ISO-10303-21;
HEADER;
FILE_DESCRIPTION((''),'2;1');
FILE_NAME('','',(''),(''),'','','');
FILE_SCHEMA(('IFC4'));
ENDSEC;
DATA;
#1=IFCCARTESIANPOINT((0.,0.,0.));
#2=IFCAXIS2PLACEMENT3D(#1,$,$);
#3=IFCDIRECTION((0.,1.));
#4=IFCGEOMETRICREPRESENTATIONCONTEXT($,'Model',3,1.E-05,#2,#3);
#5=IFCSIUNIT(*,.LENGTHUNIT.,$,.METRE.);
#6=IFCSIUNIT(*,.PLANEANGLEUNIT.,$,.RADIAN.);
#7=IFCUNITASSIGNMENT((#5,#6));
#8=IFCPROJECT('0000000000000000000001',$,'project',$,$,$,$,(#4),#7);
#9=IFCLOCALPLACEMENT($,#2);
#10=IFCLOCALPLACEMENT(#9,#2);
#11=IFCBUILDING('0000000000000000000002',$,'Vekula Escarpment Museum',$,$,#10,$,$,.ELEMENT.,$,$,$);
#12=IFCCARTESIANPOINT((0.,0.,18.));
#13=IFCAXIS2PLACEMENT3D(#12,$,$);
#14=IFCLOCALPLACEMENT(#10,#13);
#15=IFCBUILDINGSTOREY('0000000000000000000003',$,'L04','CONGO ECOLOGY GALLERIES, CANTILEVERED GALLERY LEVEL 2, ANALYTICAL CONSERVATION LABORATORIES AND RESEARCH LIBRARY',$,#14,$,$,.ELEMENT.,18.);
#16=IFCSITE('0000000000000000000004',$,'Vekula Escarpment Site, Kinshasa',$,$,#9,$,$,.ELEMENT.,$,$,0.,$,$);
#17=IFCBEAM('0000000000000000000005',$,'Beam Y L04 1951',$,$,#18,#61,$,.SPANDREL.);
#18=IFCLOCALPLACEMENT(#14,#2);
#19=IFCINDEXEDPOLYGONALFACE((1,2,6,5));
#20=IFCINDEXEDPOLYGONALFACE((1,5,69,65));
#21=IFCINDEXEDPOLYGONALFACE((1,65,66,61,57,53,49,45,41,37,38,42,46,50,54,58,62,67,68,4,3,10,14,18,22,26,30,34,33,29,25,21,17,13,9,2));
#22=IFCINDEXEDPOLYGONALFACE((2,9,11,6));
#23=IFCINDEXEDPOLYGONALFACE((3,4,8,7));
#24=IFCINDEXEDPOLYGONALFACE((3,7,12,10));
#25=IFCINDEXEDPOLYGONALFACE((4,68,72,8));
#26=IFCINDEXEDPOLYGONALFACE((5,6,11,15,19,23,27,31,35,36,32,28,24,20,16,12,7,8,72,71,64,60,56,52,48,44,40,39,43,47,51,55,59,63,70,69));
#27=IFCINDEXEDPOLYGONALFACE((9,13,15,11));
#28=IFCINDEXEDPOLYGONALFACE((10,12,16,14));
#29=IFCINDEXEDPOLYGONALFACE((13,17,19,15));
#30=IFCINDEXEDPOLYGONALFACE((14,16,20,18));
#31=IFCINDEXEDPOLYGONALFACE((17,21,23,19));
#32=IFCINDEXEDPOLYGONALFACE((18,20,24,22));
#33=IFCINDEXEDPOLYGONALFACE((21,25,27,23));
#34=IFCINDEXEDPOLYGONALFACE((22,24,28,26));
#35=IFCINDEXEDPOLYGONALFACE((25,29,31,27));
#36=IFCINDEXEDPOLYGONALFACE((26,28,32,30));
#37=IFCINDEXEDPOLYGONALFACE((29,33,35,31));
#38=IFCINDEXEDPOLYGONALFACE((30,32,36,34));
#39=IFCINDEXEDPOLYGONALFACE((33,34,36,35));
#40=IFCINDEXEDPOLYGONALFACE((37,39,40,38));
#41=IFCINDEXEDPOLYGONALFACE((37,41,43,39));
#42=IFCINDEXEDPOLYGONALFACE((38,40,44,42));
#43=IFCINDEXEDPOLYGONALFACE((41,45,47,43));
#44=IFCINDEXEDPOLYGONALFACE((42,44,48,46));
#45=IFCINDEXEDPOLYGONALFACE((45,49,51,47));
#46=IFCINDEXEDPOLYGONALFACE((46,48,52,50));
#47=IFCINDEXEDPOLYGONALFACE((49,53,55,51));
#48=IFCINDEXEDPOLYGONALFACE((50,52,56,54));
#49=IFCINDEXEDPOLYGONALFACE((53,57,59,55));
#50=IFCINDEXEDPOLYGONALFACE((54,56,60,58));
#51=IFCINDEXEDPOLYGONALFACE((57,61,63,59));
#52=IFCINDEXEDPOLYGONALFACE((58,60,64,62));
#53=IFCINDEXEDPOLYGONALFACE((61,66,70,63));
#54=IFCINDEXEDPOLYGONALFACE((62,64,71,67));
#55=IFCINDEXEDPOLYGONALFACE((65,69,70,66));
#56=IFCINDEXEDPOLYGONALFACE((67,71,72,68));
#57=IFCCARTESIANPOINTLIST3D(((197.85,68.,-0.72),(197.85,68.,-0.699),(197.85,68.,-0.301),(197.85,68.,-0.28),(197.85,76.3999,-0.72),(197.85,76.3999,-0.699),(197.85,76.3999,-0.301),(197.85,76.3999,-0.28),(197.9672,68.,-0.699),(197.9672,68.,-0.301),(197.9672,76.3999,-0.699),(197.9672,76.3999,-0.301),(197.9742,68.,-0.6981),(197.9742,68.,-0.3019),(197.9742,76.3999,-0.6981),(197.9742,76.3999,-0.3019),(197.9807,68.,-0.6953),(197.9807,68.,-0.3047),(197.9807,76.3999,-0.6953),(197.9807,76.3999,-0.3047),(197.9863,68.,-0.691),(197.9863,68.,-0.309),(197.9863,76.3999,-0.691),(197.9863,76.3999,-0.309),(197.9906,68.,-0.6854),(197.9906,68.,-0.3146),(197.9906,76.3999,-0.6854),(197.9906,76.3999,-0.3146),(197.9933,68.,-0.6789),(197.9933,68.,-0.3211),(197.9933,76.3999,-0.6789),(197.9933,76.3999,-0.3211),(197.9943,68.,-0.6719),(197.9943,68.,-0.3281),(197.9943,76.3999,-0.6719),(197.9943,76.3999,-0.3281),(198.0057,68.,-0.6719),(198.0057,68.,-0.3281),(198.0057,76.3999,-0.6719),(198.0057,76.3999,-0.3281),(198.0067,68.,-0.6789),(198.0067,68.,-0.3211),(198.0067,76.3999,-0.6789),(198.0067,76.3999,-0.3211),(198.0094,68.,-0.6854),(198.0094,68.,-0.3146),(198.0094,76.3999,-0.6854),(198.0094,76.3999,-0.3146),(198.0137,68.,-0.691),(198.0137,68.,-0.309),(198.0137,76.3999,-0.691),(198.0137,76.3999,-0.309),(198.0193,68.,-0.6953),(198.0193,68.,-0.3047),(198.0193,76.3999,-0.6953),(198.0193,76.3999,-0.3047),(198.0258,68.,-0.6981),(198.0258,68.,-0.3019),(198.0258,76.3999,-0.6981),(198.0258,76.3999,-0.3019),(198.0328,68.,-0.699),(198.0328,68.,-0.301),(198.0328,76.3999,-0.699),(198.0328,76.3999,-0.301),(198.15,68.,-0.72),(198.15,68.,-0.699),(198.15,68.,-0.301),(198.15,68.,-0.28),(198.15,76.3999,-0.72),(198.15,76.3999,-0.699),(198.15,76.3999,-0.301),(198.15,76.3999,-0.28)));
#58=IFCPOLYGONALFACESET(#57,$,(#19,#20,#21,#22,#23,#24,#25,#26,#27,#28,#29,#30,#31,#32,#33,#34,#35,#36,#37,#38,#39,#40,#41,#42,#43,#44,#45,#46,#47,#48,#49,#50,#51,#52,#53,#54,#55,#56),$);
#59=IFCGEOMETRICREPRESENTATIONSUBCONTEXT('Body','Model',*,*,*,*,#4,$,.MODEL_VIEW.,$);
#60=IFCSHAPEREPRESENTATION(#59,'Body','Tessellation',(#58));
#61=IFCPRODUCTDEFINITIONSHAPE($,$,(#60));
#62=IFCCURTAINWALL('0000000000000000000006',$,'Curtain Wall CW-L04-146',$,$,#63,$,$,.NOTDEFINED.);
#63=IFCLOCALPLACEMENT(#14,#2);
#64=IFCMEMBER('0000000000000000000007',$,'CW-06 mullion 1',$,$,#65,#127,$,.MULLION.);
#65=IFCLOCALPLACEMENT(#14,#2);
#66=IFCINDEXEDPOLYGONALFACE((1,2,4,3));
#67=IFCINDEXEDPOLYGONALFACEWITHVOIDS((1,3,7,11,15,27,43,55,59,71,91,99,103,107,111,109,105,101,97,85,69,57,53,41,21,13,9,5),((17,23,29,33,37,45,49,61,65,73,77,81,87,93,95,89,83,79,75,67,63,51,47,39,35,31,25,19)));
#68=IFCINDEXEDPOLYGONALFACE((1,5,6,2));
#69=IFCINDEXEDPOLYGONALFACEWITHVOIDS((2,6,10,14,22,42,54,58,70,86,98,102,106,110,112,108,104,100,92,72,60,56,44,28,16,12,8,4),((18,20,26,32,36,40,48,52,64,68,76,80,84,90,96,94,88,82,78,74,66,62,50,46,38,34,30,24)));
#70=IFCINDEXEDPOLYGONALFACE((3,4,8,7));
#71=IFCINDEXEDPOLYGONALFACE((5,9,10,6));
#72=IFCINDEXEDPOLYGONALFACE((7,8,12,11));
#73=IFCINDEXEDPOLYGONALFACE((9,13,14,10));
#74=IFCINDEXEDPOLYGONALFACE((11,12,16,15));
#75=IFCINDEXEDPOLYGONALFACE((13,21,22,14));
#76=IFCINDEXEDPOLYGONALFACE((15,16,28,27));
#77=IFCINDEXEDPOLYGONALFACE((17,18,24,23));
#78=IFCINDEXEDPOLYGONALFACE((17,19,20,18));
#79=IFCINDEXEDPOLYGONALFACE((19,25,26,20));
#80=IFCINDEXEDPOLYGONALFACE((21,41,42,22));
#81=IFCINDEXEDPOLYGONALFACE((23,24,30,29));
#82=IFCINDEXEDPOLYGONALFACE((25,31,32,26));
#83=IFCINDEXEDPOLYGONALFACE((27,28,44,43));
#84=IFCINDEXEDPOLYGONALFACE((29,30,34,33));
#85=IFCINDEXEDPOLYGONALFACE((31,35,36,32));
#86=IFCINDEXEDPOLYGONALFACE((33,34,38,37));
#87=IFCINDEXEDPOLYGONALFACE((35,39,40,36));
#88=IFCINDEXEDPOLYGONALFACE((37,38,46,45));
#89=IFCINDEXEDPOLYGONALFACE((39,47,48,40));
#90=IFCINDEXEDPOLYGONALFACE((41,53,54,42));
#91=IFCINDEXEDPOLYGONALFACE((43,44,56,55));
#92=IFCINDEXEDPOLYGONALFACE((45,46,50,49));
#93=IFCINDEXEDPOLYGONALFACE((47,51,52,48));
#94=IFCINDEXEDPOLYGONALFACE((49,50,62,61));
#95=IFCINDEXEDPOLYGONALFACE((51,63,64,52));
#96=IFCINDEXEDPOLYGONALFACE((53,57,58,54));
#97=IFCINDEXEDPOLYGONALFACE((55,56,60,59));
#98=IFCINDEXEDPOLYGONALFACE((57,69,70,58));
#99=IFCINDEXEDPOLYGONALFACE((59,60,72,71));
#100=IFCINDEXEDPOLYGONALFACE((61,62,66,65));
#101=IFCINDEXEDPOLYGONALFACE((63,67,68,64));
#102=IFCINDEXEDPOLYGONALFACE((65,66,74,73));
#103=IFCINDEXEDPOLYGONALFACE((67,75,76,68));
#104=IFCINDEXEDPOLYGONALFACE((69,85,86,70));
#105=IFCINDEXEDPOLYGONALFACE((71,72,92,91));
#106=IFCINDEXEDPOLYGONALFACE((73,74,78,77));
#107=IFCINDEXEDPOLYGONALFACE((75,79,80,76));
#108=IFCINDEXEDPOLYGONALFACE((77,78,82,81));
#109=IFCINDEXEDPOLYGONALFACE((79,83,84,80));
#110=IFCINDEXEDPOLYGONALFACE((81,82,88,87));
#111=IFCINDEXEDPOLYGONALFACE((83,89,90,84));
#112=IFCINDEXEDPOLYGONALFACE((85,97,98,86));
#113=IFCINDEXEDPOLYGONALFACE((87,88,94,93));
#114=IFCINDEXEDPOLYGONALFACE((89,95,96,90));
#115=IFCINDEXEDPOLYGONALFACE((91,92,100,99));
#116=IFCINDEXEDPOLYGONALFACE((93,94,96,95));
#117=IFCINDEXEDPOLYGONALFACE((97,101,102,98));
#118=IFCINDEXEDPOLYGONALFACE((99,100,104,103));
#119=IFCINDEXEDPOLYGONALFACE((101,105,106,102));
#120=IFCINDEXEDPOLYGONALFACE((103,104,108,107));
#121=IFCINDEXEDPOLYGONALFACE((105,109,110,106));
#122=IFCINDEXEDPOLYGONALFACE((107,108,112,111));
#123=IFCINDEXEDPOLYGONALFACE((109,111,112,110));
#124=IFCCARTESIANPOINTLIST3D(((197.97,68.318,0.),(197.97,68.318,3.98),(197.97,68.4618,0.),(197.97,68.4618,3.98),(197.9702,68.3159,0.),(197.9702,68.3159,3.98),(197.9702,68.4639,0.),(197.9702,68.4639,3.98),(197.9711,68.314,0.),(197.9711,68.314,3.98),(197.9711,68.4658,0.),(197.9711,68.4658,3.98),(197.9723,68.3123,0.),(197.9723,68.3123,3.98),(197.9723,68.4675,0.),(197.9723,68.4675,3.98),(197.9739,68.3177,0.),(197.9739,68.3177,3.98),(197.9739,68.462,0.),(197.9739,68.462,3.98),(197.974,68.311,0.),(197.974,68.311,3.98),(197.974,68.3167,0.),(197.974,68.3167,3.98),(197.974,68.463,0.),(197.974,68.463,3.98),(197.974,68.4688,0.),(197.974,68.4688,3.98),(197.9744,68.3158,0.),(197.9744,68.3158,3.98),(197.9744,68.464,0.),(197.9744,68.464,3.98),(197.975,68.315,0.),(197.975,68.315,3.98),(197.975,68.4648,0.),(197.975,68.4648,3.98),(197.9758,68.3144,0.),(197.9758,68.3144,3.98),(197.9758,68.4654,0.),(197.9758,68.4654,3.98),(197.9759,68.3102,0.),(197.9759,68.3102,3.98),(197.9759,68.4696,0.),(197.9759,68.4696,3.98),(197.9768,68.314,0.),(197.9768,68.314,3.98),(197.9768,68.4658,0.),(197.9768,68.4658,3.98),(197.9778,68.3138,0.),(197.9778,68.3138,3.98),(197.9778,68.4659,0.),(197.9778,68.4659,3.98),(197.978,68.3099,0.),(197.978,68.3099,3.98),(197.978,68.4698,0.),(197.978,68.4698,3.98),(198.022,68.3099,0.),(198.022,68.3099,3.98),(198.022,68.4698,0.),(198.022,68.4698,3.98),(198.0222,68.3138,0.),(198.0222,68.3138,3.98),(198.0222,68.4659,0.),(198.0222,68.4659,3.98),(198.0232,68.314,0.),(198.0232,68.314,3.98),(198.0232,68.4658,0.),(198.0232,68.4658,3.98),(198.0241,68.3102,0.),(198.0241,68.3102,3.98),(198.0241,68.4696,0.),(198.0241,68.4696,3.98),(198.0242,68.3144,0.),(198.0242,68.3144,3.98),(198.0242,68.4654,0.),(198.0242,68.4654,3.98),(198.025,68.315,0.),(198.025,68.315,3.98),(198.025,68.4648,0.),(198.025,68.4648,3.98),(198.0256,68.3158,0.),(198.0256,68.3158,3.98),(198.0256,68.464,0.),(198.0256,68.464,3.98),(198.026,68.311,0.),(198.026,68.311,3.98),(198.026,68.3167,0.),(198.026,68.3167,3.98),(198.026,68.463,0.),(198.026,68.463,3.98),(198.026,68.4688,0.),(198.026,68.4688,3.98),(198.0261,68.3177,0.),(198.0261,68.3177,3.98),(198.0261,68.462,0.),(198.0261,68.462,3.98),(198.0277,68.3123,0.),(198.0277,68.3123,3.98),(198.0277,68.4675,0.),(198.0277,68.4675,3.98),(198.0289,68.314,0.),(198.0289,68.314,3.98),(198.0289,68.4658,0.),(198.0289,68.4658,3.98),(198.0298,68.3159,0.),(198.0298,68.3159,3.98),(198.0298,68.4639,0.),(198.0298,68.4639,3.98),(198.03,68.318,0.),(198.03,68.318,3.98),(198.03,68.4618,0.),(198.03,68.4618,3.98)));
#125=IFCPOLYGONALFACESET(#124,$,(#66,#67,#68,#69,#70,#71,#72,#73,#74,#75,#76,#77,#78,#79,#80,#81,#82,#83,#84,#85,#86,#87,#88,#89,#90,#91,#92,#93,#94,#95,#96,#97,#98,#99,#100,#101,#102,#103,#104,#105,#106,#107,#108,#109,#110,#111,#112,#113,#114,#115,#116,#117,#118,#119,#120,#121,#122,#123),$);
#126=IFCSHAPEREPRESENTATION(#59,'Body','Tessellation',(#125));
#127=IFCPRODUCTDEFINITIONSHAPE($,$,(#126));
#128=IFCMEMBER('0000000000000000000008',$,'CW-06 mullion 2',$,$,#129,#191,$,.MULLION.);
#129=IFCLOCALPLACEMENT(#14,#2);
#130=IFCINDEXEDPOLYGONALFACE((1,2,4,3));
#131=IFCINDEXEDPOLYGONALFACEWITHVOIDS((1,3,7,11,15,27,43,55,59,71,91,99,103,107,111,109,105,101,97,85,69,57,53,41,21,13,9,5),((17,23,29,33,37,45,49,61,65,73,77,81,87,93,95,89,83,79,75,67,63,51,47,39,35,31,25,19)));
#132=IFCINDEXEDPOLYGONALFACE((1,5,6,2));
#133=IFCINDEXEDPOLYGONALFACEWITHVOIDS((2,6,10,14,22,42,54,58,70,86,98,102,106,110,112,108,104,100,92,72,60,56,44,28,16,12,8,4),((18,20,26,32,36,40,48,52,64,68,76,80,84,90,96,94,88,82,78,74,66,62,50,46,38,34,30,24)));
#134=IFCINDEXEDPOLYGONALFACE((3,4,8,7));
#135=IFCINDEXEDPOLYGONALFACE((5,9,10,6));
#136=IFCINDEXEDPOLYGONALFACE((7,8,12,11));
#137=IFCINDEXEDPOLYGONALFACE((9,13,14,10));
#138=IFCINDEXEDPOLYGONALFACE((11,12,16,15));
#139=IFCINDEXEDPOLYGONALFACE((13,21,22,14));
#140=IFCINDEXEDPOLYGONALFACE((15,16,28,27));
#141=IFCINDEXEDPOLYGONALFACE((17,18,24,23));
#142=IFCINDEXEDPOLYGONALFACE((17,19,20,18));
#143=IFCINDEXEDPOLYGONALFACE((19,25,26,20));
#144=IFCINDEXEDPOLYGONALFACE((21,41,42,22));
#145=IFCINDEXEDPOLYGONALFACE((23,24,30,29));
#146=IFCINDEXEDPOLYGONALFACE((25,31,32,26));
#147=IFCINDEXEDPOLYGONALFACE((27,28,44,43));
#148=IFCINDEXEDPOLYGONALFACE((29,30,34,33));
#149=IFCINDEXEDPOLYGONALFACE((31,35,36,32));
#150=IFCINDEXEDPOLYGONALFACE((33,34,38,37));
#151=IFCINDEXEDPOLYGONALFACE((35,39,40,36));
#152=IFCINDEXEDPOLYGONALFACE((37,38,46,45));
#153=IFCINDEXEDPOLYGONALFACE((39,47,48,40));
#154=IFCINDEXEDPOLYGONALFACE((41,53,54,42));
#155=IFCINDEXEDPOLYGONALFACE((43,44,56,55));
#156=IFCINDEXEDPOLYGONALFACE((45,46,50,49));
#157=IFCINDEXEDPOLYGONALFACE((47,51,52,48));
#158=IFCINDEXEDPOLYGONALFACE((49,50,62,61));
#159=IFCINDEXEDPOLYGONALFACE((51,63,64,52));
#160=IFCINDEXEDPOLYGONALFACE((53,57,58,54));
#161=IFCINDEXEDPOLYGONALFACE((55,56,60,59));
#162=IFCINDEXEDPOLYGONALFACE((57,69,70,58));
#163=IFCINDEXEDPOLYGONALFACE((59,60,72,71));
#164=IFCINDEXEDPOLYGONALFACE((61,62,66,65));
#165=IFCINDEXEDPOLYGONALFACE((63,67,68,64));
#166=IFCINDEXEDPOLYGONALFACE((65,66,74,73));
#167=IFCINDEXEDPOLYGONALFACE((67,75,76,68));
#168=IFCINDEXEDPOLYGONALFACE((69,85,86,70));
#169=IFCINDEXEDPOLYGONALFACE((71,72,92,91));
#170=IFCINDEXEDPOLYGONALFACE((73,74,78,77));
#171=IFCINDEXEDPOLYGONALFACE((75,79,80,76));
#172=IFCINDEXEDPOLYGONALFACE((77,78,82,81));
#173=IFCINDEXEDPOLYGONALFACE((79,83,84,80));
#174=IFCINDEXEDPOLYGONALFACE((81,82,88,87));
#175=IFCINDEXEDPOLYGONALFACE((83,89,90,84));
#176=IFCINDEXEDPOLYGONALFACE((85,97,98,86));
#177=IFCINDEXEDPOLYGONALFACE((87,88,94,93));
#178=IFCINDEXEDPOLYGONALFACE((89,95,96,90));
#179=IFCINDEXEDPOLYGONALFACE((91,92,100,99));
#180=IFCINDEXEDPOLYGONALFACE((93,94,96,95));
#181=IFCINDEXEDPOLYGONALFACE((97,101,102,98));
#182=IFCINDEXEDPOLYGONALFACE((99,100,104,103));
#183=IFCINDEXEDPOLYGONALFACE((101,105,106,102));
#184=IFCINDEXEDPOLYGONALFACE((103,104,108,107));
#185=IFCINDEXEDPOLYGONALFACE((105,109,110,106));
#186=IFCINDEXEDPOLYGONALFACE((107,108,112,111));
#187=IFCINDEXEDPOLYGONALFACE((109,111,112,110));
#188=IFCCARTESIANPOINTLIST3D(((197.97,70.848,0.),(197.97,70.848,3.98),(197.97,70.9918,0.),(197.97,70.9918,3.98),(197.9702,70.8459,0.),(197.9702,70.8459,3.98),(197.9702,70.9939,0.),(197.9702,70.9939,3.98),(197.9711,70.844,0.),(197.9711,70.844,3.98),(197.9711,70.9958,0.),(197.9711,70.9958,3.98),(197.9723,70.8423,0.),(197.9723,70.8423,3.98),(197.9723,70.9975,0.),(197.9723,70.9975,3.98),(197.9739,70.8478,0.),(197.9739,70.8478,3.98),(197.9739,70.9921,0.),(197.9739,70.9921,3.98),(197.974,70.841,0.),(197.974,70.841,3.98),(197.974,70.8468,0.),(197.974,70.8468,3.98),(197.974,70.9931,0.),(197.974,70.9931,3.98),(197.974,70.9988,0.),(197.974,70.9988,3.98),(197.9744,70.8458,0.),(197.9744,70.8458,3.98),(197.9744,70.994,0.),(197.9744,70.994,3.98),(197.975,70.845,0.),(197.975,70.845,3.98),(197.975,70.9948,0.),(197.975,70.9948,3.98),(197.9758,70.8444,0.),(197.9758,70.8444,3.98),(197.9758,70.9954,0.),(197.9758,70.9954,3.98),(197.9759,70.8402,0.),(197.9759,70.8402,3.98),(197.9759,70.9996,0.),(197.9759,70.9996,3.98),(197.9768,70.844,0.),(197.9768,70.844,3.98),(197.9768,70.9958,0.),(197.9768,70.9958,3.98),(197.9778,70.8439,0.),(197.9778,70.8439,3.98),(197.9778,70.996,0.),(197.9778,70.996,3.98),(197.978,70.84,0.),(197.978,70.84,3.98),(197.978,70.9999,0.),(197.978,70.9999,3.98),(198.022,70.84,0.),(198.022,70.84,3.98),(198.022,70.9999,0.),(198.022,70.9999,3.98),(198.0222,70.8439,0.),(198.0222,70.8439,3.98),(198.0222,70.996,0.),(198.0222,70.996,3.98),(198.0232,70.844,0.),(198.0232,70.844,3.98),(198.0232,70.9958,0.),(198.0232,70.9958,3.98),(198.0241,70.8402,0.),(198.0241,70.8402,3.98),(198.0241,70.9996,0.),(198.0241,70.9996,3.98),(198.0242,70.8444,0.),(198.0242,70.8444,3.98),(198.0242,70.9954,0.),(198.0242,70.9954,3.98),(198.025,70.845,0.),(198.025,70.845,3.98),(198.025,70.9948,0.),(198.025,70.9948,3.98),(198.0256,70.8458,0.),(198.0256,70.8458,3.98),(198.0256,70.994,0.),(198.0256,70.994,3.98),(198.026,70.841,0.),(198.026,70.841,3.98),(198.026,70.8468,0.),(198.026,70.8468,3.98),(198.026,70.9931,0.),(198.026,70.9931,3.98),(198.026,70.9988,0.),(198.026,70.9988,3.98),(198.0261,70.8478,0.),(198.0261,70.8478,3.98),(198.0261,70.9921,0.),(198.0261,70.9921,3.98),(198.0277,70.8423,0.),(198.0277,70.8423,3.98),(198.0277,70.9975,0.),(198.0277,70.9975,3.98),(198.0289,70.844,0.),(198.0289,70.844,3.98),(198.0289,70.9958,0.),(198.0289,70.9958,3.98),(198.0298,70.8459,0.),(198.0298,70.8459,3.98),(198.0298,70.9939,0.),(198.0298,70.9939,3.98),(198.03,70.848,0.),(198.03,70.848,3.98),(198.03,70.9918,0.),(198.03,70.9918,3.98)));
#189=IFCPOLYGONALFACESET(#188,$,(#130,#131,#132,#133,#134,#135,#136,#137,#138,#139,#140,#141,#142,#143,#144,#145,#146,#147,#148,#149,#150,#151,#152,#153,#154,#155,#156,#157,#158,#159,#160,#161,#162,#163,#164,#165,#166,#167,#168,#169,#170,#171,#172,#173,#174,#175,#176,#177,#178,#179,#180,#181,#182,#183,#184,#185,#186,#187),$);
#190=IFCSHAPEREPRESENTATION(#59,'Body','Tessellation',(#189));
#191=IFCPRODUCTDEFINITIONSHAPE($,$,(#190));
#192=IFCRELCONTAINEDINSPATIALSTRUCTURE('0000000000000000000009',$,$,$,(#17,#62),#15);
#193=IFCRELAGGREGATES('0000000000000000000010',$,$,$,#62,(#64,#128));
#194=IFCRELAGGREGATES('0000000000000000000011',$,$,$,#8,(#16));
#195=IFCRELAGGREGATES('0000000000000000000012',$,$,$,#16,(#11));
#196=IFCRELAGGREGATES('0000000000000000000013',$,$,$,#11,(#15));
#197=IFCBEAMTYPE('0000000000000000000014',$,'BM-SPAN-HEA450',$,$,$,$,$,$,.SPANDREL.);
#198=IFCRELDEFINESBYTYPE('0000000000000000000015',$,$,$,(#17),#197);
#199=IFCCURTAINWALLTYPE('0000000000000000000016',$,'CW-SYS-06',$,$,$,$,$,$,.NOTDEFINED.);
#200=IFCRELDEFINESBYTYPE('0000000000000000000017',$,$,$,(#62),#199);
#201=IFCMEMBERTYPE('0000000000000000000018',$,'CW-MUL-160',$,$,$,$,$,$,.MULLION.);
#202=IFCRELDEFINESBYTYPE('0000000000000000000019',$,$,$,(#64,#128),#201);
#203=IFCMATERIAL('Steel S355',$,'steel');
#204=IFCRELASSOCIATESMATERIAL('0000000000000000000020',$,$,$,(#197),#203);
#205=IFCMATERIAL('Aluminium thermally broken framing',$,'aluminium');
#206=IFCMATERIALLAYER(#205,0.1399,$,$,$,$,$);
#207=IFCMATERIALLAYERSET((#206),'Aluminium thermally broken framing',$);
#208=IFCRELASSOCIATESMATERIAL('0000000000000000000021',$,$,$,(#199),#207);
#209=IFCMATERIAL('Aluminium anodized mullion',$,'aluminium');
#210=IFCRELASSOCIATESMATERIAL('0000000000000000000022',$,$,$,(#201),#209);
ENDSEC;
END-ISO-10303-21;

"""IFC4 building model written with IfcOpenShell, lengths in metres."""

from ifc_helpers import new_model, si_unit, direction, frame, origin, origin_2d, place, context, subcontext, project, spatial, hollow_rectangle, i_section, extrude, material, layer, layer_set, material_profile, profile_set, type_object, element, aggregate, save


model = new_model("IFC4")

# Units and contexts
model_context = context("Model", 3, precision=1e-05, world=origin(), true_north=direction((0.0, 1.0)))
body_context = subcontext(model_context, "Body", "Model", "MODEL_VIEW")
ifc_project = project(units=[si_unit("LENGTHUNIT", "METRE"), si_unit("PLANEANGLEUNIT", "RADIAN")], contexts=[model_context])

# Site, building, storey
site_placement = place(None, origin())
site = spatial("IfcSite", under=ifc_project, at=site_placement, Name="Vekula Escarpment Site, Kinshasa", CompositionType="ELEMENT", RefElevation=0.0)
building_placement = place(site_placement, origin())
building = spatial("IfcBuilding", under=site, at=building_placement, Name="Vekula Escarpment Museum", CompositionType="ELEMENT")
storey_placement = place(building_placement, frame((0.0, 0.0, 18.0)))
storey = spatial("IfcBuildingStorey", under=building, at=storey_placement, Name="L04", Description="CONGO ECOLOGY GALLERIES, CANTILEVERED GALLERY LEVEL 2, ANALYTICAL CONSERVATION LABORATORIES AND RESEARCH LIBRARY", CompositionType="ELEMENT", Elevation=18.0)

# Beam
ifc_material_1 = material(Name="Steel S355", Category="steel")
ifc_material_profile_1 = material_profile(ifc_material_1, i_section(OverallWidth=0.3, OverallDepth=0.4399, WebThickness=0.0115, FlangeThickness=0.021, FilletRadius=0.0271, at=origin_2d()), Name="HEA 450")
ifc_profile_set_1 = profile_set([ifc_material_profile_1], Name="Steel S355")
beam_type_1 = type_object("IfcBeamType", Name="BM-SPAN-HEA450", PredefinedType="SPANDREL", material=ifc_profile_set_1)
beam_placement = place(storey_placement, frame((198.0, 68.0, -0.5), z_axis=(0.0, 1.0, 0.0), x_axis=(-1.0, 0.0, 0.0)))
element("IfcBeam", 1, at=beam_placement, inside=storey, type_object=beam_type_1, Name="Beam Y L04 1951", PredefinedType="SPANDREL", context=body_context, shape_type="SweptSolid", body=[
    extrude(i_section(OverallWidth=0.3, OverallDepth=0.4399, WebThickness=0.0115, FlangeThickness=0.021, FilletRadius=0.0271, at=origin_2d()), origin(), (0.0, 0.0, 1.0), 8.3999),
])

# Curtain wall, members
ifc_material_2 = material(Name="Aluminium thermally broken framing", Category="aluminium")
ifc_layer_1 = layer(ifc_material_2, 0.1399)
ifc_layer_set_1 = layer_set([ifc_layer_1], Name="Aluminium thermally broken framing")
curtain_wall_type = type_object("IfcCurtainWallType", Name="CW-SYS-06", PredefinedType="NOTDEFINED", material=ifc_layer_set_1)
curtain_wall_placement = place(storey_placement, origin())
curtain_wall = element("IfcCurtainWall", 2, at=curtain_wall_placement, inside=storey, type_object=curtain_wall_type, Name="Curtain Wall CW-L04-146", PredefinedType="NOTDEFINED")
ifc_material_3 = material(Name="Aluminium anodized mullion", Category="aluminium")
ifc_material_profile_2 = material_profile(ifc_material_3, hollow_rectangle(XDim=0.0601, YDim=0.1599, WallThickness=0.0039, InnerFilletRadius=0.0039, OuterFilletRadius=0.0081, at=origin_2d()), Name="ALU 160x60x4")
ifc_profile_set_2 = profile_set([ifc_material_profile_2], Name="Aluminium anodized mullion")
member_type_1 = type_object("IfcMemberType", Name="CW-MUL-160", PredefinedType="MULLION", material=ifc_profile_set_2)
member_1_placement = place(storey_placement, frame((198.0, 68.3899, 0.0), z_axis=(0.0, 0.0, 1.0), x_axis=(-1.0, 0.0, 0.0)))
member_1 = element("IfcMember", 3, at=member_1_placement, type_object=member_type_1, Name="CW-06 mullion 1", PredefinedType="MULLION", context=body_context, shape_type="SweptSolid", body=[
    extrude(hollow_rectangle(XDim=0.0601, YDim=0.1599, WallThickness=0.0039, InnerFilletRadius=0.0039, OuterFilletRadius=0.0081, at=origin_2d()), origin(), (0.0, 0.0, 1.0), 3.98),
])
member_2_placement = place(storey_placement, frame((198.0, 70.9199, 0.0), z_axis=(0.0, 0.0, 1.0), x_axis=(-1.0, 0.0, 0.0)))
member_2 = element("IfcMember", 4, at=member_2_placement, type_object=member_type_1, Name="CW-06 mullion 2", PredefinedType="MULLION", context=body_context, shape_type="SweptSolid", body=[
    extrude(hollow_rectangle(XDim=0.0601, YDim=0.1599, WallThickness=0.0039, InnerFilletRadius=0.0039, OuterFilletRadius=0.0081, at=origin_2d()), origin(), (0.0, 0.0, 1.0), 3.98),
])
aggregate(curtain_wall, [member_1, member_2])

save(model, "model.ifc")
